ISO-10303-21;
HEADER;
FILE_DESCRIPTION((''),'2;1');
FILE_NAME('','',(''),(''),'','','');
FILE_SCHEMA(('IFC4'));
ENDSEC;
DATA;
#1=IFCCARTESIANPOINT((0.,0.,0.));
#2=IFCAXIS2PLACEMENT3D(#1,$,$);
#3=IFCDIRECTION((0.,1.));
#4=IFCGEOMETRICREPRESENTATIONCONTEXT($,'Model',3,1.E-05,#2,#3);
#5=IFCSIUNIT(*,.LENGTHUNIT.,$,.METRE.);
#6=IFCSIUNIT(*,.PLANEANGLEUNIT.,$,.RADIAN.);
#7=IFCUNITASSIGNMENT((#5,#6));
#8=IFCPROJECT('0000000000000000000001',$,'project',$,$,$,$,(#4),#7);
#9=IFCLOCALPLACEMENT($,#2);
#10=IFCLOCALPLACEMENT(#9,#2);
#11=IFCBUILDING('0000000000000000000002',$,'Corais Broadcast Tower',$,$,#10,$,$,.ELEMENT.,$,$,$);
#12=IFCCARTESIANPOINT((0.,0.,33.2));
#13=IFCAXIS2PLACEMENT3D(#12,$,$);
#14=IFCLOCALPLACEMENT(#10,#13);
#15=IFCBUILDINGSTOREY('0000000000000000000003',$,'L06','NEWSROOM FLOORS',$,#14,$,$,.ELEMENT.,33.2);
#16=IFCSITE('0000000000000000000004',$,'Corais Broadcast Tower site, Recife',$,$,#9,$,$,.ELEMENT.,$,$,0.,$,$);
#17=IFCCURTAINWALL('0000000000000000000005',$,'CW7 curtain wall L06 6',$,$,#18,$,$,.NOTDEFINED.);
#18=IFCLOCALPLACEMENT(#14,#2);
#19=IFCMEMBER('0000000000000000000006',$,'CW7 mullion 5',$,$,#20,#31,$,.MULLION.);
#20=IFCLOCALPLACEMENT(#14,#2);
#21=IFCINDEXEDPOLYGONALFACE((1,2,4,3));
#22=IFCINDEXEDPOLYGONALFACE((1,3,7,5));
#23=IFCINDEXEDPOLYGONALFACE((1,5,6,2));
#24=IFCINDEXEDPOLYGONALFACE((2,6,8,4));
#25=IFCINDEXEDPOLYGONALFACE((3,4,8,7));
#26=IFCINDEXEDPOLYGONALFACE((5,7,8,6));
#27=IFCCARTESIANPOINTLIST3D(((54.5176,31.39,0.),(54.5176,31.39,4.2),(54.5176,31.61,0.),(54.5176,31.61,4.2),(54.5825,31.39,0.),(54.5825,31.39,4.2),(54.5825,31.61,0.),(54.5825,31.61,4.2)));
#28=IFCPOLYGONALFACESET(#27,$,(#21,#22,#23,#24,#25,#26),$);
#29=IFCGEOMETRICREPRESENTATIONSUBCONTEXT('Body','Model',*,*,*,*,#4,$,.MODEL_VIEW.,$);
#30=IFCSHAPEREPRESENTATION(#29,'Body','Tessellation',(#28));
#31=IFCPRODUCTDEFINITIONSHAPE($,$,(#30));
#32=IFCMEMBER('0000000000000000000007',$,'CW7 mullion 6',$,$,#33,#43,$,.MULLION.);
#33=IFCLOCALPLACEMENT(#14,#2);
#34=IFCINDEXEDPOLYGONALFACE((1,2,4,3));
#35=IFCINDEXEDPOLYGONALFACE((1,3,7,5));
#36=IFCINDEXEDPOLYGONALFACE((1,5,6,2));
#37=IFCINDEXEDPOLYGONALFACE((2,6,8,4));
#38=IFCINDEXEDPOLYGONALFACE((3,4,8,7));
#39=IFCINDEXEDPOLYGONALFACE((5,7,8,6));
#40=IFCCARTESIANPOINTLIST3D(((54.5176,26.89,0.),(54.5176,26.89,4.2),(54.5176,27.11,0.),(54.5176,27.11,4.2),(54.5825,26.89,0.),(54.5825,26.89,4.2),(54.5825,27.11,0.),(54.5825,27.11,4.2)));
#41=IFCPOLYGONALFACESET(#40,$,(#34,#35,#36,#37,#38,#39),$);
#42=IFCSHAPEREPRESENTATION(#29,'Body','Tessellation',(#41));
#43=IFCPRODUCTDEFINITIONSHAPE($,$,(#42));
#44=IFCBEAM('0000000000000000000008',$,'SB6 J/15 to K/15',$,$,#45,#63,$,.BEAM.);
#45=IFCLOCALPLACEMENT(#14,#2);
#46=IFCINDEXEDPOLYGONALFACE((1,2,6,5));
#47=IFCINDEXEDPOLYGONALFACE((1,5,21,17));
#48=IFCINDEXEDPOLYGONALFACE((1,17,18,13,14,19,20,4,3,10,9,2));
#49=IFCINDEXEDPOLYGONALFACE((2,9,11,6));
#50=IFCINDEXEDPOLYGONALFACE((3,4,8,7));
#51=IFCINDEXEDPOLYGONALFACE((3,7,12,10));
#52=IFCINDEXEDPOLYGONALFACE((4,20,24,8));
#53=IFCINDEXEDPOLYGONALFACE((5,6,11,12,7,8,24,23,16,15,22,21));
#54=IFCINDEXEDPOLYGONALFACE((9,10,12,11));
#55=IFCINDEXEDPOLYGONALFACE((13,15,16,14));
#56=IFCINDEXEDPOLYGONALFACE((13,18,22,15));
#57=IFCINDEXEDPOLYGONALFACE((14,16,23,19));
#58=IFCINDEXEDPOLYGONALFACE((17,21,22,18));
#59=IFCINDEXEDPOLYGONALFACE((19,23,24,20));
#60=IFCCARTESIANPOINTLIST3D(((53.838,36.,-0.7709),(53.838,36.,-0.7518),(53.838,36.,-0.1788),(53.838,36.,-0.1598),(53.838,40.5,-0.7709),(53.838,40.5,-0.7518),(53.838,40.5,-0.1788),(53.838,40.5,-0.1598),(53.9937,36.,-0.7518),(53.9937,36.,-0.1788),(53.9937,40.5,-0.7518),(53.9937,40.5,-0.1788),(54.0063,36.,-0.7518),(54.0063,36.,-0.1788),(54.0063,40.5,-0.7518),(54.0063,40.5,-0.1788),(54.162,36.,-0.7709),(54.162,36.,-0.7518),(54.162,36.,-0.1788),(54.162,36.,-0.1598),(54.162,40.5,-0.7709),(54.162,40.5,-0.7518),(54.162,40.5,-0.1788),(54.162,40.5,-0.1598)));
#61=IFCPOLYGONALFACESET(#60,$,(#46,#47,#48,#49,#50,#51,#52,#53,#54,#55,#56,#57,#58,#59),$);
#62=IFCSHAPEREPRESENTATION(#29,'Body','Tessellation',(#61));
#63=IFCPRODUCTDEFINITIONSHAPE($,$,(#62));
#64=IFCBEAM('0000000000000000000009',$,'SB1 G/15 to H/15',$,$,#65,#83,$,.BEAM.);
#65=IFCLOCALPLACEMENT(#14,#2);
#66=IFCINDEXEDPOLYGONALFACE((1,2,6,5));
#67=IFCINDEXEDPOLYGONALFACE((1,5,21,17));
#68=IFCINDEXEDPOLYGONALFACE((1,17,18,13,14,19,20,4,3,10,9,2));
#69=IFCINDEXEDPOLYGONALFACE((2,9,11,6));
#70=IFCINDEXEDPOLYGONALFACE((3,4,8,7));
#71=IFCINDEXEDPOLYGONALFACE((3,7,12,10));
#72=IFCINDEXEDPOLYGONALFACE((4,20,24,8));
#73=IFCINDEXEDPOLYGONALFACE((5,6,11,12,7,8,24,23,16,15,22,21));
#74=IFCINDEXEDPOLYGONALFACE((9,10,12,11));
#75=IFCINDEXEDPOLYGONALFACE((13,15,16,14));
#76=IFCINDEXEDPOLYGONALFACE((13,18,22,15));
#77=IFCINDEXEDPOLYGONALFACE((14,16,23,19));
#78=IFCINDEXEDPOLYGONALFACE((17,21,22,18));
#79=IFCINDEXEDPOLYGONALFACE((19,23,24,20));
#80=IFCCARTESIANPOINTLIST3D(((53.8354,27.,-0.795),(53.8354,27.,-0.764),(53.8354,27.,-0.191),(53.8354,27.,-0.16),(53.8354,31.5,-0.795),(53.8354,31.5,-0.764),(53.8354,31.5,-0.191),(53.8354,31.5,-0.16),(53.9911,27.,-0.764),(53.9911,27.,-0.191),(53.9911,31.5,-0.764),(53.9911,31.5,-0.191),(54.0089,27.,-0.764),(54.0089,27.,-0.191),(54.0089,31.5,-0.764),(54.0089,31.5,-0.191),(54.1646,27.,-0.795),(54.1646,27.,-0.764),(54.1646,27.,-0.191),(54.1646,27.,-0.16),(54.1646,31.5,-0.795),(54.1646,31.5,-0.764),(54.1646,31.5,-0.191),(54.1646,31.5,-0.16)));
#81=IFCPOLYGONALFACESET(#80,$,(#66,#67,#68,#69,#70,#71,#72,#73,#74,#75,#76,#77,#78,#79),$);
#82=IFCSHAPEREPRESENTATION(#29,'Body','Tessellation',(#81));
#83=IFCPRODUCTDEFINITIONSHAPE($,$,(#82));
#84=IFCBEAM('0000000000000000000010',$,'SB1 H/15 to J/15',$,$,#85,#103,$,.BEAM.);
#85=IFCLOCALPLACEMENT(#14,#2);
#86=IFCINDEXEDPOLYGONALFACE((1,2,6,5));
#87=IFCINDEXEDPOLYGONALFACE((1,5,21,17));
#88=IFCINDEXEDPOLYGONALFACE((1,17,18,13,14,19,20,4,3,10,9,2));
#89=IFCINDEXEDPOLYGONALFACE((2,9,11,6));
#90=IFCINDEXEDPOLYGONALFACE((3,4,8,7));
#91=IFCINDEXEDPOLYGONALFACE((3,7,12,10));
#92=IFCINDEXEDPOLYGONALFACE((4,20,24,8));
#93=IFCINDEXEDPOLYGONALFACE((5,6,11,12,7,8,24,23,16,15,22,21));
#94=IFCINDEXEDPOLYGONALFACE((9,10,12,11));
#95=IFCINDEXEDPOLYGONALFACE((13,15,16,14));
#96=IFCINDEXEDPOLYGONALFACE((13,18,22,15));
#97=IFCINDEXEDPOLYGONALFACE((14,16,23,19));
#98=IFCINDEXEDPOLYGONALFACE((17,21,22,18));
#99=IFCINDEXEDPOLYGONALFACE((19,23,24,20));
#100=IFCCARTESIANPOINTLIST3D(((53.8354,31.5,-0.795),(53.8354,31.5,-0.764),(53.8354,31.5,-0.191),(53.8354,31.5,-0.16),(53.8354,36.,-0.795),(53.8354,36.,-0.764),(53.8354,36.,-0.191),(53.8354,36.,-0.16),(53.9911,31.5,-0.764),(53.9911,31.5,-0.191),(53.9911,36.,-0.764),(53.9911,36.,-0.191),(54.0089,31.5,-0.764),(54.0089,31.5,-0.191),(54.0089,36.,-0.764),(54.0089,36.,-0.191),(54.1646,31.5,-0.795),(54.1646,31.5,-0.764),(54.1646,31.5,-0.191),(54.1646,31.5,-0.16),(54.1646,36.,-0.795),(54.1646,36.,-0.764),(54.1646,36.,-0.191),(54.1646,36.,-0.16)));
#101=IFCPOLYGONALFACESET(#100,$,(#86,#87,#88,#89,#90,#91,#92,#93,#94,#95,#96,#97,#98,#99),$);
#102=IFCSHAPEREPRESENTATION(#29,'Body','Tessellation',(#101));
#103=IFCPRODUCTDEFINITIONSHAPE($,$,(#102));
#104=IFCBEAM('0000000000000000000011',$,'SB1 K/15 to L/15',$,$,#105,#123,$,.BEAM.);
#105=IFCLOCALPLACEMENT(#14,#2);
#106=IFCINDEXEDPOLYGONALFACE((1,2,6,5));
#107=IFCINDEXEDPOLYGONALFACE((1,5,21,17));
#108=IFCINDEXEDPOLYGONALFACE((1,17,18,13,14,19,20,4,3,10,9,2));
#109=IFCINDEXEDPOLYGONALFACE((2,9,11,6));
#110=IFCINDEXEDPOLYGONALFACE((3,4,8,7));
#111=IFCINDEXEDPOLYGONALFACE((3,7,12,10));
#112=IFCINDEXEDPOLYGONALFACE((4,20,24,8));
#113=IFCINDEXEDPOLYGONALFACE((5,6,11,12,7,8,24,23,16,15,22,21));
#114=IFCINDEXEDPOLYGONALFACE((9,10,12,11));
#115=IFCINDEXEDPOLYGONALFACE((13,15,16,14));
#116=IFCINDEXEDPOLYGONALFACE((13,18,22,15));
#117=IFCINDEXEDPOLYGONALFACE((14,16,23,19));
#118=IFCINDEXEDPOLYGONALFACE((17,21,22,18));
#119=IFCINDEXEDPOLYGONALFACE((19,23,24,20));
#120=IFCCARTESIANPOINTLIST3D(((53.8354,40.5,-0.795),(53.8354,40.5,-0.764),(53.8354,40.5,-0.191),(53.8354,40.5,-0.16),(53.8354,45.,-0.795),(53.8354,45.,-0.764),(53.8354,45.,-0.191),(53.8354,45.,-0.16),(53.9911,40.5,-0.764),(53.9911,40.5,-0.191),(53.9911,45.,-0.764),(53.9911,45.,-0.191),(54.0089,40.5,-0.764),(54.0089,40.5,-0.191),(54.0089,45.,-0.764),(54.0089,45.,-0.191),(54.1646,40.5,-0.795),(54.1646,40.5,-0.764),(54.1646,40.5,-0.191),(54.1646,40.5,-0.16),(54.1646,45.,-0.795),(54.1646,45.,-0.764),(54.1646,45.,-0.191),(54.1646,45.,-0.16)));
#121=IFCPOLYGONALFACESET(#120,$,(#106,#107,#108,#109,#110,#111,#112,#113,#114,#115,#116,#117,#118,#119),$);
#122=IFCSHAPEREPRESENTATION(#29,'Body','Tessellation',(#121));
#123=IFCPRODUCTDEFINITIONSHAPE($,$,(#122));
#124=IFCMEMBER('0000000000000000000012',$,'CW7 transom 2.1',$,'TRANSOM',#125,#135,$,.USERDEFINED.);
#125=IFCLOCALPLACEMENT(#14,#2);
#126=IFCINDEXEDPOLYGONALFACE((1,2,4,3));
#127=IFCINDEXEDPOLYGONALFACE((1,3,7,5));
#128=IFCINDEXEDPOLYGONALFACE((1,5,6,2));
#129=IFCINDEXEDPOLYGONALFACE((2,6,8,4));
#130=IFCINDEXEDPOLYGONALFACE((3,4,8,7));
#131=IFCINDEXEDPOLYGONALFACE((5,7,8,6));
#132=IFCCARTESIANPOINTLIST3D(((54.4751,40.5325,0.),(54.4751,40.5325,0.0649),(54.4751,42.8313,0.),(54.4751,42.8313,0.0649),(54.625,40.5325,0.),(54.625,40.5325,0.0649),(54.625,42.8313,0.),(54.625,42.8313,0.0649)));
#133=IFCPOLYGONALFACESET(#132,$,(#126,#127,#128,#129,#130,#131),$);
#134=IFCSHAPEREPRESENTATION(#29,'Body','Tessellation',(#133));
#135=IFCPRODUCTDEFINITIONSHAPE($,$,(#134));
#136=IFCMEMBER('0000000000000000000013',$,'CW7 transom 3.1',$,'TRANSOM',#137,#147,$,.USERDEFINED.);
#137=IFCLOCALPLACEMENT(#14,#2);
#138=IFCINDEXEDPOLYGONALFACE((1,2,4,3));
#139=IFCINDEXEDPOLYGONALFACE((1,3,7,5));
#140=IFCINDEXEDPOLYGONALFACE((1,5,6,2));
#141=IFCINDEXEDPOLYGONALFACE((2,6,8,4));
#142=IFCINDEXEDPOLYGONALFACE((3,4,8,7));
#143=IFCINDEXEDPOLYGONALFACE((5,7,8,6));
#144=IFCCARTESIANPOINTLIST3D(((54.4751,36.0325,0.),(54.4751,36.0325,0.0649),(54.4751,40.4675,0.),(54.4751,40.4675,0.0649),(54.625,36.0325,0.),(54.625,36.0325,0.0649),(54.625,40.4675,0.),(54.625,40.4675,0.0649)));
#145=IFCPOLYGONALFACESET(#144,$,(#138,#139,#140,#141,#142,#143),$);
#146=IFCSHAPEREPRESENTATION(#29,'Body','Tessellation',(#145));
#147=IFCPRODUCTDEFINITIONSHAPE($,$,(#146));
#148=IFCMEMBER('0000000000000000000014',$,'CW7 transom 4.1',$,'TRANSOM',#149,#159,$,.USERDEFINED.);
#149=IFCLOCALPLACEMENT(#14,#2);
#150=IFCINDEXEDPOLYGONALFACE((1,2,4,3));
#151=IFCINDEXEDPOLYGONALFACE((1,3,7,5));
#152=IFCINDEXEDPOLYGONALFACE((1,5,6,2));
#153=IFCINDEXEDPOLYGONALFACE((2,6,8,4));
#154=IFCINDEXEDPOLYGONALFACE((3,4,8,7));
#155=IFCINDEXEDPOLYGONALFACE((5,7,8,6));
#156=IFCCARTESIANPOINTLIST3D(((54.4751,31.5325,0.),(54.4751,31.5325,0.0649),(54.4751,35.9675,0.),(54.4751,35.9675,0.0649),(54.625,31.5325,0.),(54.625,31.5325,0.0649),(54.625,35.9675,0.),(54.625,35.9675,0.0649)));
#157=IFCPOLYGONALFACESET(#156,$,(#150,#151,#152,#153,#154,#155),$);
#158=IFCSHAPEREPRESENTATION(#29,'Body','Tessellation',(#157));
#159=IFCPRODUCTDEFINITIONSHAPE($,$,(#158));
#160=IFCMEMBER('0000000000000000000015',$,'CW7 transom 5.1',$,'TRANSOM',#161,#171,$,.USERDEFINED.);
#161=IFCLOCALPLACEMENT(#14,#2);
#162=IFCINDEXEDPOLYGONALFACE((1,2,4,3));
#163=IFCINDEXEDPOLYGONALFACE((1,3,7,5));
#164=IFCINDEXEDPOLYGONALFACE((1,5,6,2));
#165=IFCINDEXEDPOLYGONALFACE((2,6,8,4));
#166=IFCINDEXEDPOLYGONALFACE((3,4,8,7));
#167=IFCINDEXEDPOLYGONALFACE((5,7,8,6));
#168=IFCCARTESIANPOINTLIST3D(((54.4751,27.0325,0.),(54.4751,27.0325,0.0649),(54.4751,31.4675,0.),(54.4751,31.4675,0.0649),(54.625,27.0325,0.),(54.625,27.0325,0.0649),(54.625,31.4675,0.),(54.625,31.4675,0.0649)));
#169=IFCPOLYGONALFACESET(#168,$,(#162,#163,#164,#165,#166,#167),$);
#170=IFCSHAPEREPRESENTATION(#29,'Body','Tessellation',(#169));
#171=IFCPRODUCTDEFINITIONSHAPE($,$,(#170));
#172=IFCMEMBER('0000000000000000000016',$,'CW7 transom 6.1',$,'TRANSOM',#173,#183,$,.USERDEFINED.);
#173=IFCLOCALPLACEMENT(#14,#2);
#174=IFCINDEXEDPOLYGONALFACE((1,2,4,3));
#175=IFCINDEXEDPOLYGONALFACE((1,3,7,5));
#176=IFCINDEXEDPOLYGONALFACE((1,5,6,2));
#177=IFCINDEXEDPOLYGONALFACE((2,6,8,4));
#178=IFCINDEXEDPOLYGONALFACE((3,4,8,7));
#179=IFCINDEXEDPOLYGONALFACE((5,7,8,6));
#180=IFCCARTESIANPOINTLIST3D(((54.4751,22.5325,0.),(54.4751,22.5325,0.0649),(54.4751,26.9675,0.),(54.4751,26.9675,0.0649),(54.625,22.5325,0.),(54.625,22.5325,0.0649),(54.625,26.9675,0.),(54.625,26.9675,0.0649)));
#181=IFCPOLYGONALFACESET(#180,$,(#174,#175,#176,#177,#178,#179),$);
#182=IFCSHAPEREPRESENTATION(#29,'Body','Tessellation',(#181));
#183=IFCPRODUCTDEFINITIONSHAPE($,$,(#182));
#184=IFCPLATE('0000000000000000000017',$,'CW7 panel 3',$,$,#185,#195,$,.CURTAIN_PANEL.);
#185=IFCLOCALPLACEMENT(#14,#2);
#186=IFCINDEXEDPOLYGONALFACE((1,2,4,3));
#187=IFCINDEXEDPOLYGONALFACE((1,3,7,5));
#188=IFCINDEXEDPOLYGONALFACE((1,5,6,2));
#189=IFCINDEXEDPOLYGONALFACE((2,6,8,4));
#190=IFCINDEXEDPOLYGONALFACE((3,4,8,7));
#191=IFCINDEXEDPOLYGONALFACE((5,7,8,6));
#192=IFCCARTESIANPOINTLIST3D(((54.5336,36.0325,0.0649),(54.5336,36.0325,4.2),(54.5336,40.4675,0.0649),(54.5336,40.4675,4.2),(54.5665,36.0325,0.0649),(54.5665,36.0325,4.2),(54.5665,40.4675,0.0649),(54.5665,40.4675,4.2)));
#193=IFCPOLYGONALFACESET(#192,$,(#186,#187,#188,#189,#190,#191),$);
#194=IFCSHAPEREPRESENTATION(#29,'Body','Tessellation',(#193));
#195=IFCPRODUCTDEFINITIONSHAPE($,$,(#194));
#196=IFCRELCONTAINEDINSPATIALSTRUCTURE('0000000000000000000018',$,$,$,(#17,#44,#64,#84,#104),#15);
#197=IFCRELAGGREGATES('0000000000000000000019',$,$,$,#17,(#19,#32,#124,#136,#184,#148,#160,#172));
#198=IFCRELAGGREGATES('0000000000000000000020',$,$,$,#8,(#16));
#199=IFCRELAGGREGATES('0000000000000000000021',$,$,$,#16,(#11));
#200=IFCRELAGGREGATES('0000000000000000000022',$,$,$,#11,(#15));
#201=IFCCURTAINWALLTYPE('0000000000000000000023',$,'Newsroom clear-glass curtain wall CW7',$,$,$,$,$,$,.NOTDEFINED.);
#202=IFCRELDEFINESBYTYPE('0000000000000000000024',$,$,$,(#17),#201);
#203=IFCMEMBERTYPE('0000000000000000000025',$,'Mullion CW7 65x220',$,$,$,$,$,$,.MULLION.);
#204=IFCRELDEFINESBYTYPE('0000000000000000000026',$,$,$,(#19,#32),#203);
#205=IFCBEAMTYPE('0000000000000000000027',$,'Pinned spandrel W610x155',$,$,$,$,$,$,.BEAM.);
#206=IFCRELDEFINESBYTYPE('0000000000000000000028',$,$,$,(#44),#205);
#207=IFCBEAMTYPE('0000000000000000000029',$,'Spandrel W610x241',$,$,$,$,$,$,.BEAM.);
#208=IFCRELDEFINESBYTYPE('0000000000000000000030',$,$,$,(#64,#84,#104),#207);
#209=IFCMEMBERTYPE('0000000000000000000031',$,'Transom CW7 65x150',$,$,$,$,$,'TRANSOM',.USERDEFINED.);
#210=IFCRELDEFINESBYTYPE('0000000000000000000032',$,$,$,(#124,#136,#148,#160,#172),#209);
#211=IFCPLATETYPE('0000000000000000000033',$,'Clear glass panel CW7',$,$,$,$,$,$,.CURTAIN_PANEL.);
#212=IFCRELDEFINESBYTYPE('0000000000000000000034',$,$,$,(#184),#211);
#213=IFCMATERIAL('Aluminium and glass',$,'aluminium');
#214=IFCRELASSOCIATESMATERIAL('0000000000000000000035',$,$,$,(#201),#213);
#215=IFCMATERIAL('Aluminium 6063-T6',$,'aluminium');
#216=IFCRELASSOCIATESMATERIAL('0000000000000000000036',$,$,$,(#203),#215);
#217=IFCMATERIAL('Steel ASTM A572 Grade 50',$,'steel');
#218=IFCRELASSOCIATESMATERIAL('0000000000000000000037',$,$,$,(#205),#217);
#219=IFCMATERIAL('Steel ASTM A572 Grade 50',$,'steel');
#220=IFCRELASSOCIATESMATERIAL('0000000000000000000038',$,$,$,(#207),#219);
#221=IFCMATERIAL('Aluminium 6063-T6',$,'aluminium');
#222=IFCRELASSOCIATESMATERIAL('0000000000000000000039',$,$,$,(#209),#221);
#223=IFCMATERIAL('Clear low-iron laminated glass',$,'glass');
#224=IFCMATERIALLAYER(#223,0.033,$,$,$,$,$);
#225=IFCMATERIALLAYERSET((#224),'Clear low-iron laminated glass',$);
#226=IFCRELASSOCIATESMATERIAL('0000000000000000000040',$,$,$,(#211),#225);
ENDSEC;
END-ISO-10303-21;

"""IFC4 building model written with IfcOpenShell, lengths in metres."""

from ifc_helpers import new_model, si_unit, direction, frame, origin, origin_2d, place, context, subcontext, project, spatial, rectangle, i_section, extrude, material, layer, layer_set, material_profile, profile_set, type_object, element, aggregate, save


model = new_model("IFC4")

# Units and contexts
model_context = context("Model", 3, precision=1e-05, world=origin(), true_north=direction((0.0, 1.0)))
body_context = subcontext(model_context, "Body", "Model", "MODEL_VIEW")
ifc_project = project(units=[si_unit("LENGTHUNIT", "METRE"), si_unit("PLANEANGLEUNIT", "RADIAN")], contexts=[model_context])

# Site, building, storey
site_placement = place(None, origin())
site = spatial("IfcSite", under=ifc_project, at=site_placement, Name="Corais Broadcast Tower site, Recife", CompositionType="ELEMENT", RefElevation=0.0)
building_placement = place(site_placement, origin())
building = spatial("IfcBuilding", under=site, at=building_placement, Name="Corais Broadcast Tower", CompositionType="ELEMENT")
storey_placement = place(building_placement, frame((0.0, 0.0, 33.2)))
storey = spatial("IfcBuildingStorey", under=building, at=storey_placement, Name="L06", Description="NEWSROOM FLOORS", CompositionType="ELEMENT", Elevation=33.2)

# Curtain wall, members
ifc_material_1 = material(Name="Aluminium and glass", Category="aluminium")
curtain_wall_type = type_object("IfcCurtainWallType", Name="Newsroom clear-glass curtain wall CW7", PredefinedType="NOTDEFINED", material=ifc_material_1)
curtain_wall_placement = place(storey_placement, origin())
curtain_wall = element("IfcCurtainWall", 1, at=curtain_wall_placement, inside=storey, type_object=curtain_wall_type, Name="CW7 curtain wall L06 6", PredefinedType="NOTDEFINED")
ifc_material_2 = material(Name="Aluminium 6063-T6", Category="aluminium")
ifc_material_profile_1 = material_profile(ifc_material_2, rectangle(XDim=0.0649, YDim=0.22, at=origin_2d()), Name="Mullion CW7 65x220")
ifc_profile_set_1 = profile_set([ifc_material_profile_1], Name="Aluminium 6063-T6")
member_type_1 = type_object("IfcMemberType", Name="Mullion CW7 65x220", PredefinedType="MULLION", material=ifc_profile_set_1)
member_1_placement = place(storey_placement, frame((54.55, 31.5, 0.0), z_axis=(0.0, 0.0, 1.0), x_axis=(1.0, 0.0, 0.0)))
member_1 = element("IfcMember", 2, at=member_1_placement, type_object=member_type_1, Name="CW7 mullion 5", PredefinedType="MULLION", context=body_context, shape_type="SweptSolid", body=[
    extrude(rectangle(XDim=0.0649, YDim=0.22, at=origin_2d()), origin(), (0.0, 0.0, 1.0), 4.2),
])
member_2_placement = place(storey_placement, frame((54.55, 27.0, 0.0), z_axis=(0.0, 0.0, 1.0), x_axis=(1.0, 0.0, 0.0)))
member_2 = element("IfcMember", 3, at=member_2_placement, type_object=member_type_1, Name="CW7 mullion 6", PredefinedType="MULLION", context=body_context, shape_type="SweptSolid", body=[
    extrude(rectangle(XDim=0.0649, YDim=0.22, at=origin_2d()), origin(), (0.0, 0.0, 1.0), 4.2),
])

# Beams
ifc_material_3 = material(Name="Steel ASTM A572 Grade 50", Category="steel")
ifc_material_profile_2 = material_profile(ifc_material_3, i_section(OverallWidth=0.324, OverallDepth=0.6111, WebThickness=0.0127, FlangeThickness=0.019, at=origin_2d()), Name="W610x155")
ifc_profile_set_2 = profile_set([ifc_material_profile_2], Name="Steel ASTM A572 Grade 50")
beam_type_1 = type_object("IfcBeamType", Name="Pinned spandrel W610x155", PredefinedType="BEAM", material=ifc_profile_set_2)
beam_placement = place(storey_placement, frame((54.0, 36.0, -0.4653), z_axis=(0.0, 1.0, 0.0), x_axis=(-1.0, 0.0, 0.0)))
element("IfcBeam", 4, at=beam_placement, inside=storey, type_object=beam_type_1, Name="SB6 J/15 to K/15", PredefinedType="BEAM", context=body_context, shape_type="SweptSolid", body=[
    extrude(i_section(OverallWidth=0.324, OverallDepth=0.6111, WebThickness=0.0127, FlangeThickness=0.019, at=origin_2d()), origin(), (0.0, 0.0, 1.0), 4.5),
])
ifc_material_4 = material(Name="Steel ASTM A572 Grade 50", Category="steel")
ifc_material_profile_3 = material_profile(ifc_material_4, i_section(OverallWidth=0.3291, OverallDepth=0.635, WebThickness=0.0178, FlangeThickness=0.031, at=origin_2d()), Name="W610x241")
ifc_profile_set_3 = profile_set([ifc_material_profile_3], Name="Steel ASTM A572 Grade 50")
beam_type_2 = type_object("IfcBeamType", Name="Spandrel W610x241", PredefinedType="BEAM", material=ifc_profile_set_3)
for number, where, z_axis, x_axis, name in (
    (5, (54.0, 27.0, -0.4775), (0.0, 1.0, 0.0), (-1.0, 0.0, 0.0), "SB1 G/15 to H/15"),
    (6, (54.0, 31.5, -0.4775), (0.0, 1.0, 0.0), (-1.0, 0.0, 0.0), "SB1 H/15 to J/15"),
    (7, (54.0, 40.5, -0.4775), (0.0, 1.0, 0.0), (-1.0, 0.0, 0.0), "SB1 K/15 to L/15"),
):
    element("IfcBeam", number, at=place(storey_placement, frame(where, z_axis=z_axis, x_axis=x_axis)), inside=storey, type_object=beam_type_2, Name=name, PredefinedType="BEAM", context=body_context, shape_type="SweptSolid", body=[
        extrude(i_section(OverallWidth=0.3291, OverallDepth=0.635, WebThickness=0.0178, FlangeThickness=0.031, at=origin_2d()), origin(), (0.0, 0.0, 1.0), 4.5),
    ])

# Members
ifc_material_5 = material(Name="Aluminium 6063-T6", Category="aluminium")
ifc_material_profile_4 = material_profile(ifc_material_5, rectangle(XDim=0.1499, YDim=0.0649, at=origin_2d()), Name="Transom CW7 65x150")
ifc_profile_set_4 = profile_set([ifc_material_profile_4], Name="Aluminium 6063-T6")
member_type_2 = type_object("IfcMemberType", Name="Transom CW7 65x150", ElementType="TRANSOM", PredefinedType="USERDEFINED", material=ifc_profile_set_4)
member_3_placement = place(storey_placement, frame((54.55, 42.8313, 0.0325), z_axis=(0.0, -1.0, 0.0), x_axis=(1.0, 0.0, 0.0)))
member_3 = element("IfcMember", 8, at=member_3_placement, type_object=member_type_2, Name="CW7 transom 2.1", ObjectType="TRANSOM", PredefinedType="USERDEFINED", context=body_context, shape_type="SweptSolid", body=[
    extrude(rectangle(XDim=0.1499, YDim=0.0649, at=origin_2d()), origin(), (0.0, 0.0, 1.0), 2.2988),
])
member_4_placement = place(storey_placement, frame((54.55, 40.4675, 0.0325), z_axis=(0.0, -1.0, 0.0), x_axis=(1.0, 0.0, 0.0)))
member_4 = element("IfcMember", 9, at=member_4_placement, type_object=member_type_2, Name="CW7 transom 3.1", ObjectType="TRANSOM", PredefinedType="USERDEFINED", context=body_context, shape_type="SweptSolid", body=[
    extrude(rectangle(XDim=0.1499, YDim=0.0649, at=origin_2d()), origin(), (0.0, 0.0, 1.0), 4.4351),
])
member_5_placement = place(storey_placement, frame((54.55, 35.9675, 0.0325), z_axis=(0.0, -1.0, 0.0), x_axis=(1.0, 0.0, 0.0)))
member_5 = element("IfcMember", 10, at=member_5_placement, type_object=member_type_2, Name="CW7 transom 4.1", ObjectType="TRANSOM", PredefinedType="USERDEFINED", context=body_context, shape_type="SweptSolid", body=[
    extrude(rectangle(XDim=0.1499, YDim=0.0649, at=origin_2d()), origin(), (0.0, 0.0, 1.0), 4.4351),
])
member_6_placement = place(storey_placement, frame((54.55, 31.4675, 0.0325), z_axis=(0.0, -1.0, 0.0), x_axis=(1.0, 0.0, 0.0)))
member_6 = element("IfcMember", 11, at=member_6_placement, type_object=member_type_2, Name="CW7 transom 5.1", ObjectType="TRANSOM", PredefinedType="USERDEFINED", context=body_context, shape_type="SweptSolid", body=[
    extrude(rectangle(XDim=0.1499, YDim=0.0649, at=origin_2d()), origin(), (0.0, 0.0, 1.0), 4.4351),
])
member_7_placement = place(storey_placement, frame((54.55, 26.9675, 0.0325), z_axis=(0.0, -1.0, 0.0), x_axis=(1.0, 0.0, 0.0)))
member_7 = element("IfcMember", 12, at=member_7_placement, type_object=member_type_2, Name="CW7 transom 6.1", ObjectType="TRANSOM", PredefinedType="USERDEFINED", context=body_context, shape_type="SweptSolid", body=[
    extrude(rectangle(XDim=0.1499, YDim=0.0649, at=origin_2d()), origin(), (0.0, 0.0, 1.0), 4.4351),
])

# Plate
ifc_material_6 = material(Name="Clear low-iron laminated glass", Category="glass")
ifc_layer_1 = layer(ifc_material_6, 0.033)
ifc_layer_set_1 = layer_set([ifc_layer_1], Name="Clear low-iron laminated glass")
plate_type_1 = type_object("IfcPlateType", Name="Clear glass panel CW7", PredefinedType="CURTAIN_PANEL", material=ifc_layer_set_1)
plate_1_placement = place(storey_placement, frame((54.55, 38.25, 0.0649), z_axis=(0.0, 0.0, 1.0), x_axis=(0.0, -1.0, 0.0)))
plate_1 = element("IfcPlate", 13, at=plate_1_placement, type_object=plate_type_1, Name="CW7 panel 3", PredefinedType="CURTAIN_PANEL", context=body_context, shape_type="SweptSolid", body=[
    extrude(rectangle(XDim=4.4351, YDim=0.033, at=origin_2d()), origin(), (0.0, 0.0, 1.0), 4.135),
])
aggregate(curtain_wall, [member_1, member_2, member_3, member_4, plate_1, member_5, member_6, member_7])

save(model, "model.ifc")
